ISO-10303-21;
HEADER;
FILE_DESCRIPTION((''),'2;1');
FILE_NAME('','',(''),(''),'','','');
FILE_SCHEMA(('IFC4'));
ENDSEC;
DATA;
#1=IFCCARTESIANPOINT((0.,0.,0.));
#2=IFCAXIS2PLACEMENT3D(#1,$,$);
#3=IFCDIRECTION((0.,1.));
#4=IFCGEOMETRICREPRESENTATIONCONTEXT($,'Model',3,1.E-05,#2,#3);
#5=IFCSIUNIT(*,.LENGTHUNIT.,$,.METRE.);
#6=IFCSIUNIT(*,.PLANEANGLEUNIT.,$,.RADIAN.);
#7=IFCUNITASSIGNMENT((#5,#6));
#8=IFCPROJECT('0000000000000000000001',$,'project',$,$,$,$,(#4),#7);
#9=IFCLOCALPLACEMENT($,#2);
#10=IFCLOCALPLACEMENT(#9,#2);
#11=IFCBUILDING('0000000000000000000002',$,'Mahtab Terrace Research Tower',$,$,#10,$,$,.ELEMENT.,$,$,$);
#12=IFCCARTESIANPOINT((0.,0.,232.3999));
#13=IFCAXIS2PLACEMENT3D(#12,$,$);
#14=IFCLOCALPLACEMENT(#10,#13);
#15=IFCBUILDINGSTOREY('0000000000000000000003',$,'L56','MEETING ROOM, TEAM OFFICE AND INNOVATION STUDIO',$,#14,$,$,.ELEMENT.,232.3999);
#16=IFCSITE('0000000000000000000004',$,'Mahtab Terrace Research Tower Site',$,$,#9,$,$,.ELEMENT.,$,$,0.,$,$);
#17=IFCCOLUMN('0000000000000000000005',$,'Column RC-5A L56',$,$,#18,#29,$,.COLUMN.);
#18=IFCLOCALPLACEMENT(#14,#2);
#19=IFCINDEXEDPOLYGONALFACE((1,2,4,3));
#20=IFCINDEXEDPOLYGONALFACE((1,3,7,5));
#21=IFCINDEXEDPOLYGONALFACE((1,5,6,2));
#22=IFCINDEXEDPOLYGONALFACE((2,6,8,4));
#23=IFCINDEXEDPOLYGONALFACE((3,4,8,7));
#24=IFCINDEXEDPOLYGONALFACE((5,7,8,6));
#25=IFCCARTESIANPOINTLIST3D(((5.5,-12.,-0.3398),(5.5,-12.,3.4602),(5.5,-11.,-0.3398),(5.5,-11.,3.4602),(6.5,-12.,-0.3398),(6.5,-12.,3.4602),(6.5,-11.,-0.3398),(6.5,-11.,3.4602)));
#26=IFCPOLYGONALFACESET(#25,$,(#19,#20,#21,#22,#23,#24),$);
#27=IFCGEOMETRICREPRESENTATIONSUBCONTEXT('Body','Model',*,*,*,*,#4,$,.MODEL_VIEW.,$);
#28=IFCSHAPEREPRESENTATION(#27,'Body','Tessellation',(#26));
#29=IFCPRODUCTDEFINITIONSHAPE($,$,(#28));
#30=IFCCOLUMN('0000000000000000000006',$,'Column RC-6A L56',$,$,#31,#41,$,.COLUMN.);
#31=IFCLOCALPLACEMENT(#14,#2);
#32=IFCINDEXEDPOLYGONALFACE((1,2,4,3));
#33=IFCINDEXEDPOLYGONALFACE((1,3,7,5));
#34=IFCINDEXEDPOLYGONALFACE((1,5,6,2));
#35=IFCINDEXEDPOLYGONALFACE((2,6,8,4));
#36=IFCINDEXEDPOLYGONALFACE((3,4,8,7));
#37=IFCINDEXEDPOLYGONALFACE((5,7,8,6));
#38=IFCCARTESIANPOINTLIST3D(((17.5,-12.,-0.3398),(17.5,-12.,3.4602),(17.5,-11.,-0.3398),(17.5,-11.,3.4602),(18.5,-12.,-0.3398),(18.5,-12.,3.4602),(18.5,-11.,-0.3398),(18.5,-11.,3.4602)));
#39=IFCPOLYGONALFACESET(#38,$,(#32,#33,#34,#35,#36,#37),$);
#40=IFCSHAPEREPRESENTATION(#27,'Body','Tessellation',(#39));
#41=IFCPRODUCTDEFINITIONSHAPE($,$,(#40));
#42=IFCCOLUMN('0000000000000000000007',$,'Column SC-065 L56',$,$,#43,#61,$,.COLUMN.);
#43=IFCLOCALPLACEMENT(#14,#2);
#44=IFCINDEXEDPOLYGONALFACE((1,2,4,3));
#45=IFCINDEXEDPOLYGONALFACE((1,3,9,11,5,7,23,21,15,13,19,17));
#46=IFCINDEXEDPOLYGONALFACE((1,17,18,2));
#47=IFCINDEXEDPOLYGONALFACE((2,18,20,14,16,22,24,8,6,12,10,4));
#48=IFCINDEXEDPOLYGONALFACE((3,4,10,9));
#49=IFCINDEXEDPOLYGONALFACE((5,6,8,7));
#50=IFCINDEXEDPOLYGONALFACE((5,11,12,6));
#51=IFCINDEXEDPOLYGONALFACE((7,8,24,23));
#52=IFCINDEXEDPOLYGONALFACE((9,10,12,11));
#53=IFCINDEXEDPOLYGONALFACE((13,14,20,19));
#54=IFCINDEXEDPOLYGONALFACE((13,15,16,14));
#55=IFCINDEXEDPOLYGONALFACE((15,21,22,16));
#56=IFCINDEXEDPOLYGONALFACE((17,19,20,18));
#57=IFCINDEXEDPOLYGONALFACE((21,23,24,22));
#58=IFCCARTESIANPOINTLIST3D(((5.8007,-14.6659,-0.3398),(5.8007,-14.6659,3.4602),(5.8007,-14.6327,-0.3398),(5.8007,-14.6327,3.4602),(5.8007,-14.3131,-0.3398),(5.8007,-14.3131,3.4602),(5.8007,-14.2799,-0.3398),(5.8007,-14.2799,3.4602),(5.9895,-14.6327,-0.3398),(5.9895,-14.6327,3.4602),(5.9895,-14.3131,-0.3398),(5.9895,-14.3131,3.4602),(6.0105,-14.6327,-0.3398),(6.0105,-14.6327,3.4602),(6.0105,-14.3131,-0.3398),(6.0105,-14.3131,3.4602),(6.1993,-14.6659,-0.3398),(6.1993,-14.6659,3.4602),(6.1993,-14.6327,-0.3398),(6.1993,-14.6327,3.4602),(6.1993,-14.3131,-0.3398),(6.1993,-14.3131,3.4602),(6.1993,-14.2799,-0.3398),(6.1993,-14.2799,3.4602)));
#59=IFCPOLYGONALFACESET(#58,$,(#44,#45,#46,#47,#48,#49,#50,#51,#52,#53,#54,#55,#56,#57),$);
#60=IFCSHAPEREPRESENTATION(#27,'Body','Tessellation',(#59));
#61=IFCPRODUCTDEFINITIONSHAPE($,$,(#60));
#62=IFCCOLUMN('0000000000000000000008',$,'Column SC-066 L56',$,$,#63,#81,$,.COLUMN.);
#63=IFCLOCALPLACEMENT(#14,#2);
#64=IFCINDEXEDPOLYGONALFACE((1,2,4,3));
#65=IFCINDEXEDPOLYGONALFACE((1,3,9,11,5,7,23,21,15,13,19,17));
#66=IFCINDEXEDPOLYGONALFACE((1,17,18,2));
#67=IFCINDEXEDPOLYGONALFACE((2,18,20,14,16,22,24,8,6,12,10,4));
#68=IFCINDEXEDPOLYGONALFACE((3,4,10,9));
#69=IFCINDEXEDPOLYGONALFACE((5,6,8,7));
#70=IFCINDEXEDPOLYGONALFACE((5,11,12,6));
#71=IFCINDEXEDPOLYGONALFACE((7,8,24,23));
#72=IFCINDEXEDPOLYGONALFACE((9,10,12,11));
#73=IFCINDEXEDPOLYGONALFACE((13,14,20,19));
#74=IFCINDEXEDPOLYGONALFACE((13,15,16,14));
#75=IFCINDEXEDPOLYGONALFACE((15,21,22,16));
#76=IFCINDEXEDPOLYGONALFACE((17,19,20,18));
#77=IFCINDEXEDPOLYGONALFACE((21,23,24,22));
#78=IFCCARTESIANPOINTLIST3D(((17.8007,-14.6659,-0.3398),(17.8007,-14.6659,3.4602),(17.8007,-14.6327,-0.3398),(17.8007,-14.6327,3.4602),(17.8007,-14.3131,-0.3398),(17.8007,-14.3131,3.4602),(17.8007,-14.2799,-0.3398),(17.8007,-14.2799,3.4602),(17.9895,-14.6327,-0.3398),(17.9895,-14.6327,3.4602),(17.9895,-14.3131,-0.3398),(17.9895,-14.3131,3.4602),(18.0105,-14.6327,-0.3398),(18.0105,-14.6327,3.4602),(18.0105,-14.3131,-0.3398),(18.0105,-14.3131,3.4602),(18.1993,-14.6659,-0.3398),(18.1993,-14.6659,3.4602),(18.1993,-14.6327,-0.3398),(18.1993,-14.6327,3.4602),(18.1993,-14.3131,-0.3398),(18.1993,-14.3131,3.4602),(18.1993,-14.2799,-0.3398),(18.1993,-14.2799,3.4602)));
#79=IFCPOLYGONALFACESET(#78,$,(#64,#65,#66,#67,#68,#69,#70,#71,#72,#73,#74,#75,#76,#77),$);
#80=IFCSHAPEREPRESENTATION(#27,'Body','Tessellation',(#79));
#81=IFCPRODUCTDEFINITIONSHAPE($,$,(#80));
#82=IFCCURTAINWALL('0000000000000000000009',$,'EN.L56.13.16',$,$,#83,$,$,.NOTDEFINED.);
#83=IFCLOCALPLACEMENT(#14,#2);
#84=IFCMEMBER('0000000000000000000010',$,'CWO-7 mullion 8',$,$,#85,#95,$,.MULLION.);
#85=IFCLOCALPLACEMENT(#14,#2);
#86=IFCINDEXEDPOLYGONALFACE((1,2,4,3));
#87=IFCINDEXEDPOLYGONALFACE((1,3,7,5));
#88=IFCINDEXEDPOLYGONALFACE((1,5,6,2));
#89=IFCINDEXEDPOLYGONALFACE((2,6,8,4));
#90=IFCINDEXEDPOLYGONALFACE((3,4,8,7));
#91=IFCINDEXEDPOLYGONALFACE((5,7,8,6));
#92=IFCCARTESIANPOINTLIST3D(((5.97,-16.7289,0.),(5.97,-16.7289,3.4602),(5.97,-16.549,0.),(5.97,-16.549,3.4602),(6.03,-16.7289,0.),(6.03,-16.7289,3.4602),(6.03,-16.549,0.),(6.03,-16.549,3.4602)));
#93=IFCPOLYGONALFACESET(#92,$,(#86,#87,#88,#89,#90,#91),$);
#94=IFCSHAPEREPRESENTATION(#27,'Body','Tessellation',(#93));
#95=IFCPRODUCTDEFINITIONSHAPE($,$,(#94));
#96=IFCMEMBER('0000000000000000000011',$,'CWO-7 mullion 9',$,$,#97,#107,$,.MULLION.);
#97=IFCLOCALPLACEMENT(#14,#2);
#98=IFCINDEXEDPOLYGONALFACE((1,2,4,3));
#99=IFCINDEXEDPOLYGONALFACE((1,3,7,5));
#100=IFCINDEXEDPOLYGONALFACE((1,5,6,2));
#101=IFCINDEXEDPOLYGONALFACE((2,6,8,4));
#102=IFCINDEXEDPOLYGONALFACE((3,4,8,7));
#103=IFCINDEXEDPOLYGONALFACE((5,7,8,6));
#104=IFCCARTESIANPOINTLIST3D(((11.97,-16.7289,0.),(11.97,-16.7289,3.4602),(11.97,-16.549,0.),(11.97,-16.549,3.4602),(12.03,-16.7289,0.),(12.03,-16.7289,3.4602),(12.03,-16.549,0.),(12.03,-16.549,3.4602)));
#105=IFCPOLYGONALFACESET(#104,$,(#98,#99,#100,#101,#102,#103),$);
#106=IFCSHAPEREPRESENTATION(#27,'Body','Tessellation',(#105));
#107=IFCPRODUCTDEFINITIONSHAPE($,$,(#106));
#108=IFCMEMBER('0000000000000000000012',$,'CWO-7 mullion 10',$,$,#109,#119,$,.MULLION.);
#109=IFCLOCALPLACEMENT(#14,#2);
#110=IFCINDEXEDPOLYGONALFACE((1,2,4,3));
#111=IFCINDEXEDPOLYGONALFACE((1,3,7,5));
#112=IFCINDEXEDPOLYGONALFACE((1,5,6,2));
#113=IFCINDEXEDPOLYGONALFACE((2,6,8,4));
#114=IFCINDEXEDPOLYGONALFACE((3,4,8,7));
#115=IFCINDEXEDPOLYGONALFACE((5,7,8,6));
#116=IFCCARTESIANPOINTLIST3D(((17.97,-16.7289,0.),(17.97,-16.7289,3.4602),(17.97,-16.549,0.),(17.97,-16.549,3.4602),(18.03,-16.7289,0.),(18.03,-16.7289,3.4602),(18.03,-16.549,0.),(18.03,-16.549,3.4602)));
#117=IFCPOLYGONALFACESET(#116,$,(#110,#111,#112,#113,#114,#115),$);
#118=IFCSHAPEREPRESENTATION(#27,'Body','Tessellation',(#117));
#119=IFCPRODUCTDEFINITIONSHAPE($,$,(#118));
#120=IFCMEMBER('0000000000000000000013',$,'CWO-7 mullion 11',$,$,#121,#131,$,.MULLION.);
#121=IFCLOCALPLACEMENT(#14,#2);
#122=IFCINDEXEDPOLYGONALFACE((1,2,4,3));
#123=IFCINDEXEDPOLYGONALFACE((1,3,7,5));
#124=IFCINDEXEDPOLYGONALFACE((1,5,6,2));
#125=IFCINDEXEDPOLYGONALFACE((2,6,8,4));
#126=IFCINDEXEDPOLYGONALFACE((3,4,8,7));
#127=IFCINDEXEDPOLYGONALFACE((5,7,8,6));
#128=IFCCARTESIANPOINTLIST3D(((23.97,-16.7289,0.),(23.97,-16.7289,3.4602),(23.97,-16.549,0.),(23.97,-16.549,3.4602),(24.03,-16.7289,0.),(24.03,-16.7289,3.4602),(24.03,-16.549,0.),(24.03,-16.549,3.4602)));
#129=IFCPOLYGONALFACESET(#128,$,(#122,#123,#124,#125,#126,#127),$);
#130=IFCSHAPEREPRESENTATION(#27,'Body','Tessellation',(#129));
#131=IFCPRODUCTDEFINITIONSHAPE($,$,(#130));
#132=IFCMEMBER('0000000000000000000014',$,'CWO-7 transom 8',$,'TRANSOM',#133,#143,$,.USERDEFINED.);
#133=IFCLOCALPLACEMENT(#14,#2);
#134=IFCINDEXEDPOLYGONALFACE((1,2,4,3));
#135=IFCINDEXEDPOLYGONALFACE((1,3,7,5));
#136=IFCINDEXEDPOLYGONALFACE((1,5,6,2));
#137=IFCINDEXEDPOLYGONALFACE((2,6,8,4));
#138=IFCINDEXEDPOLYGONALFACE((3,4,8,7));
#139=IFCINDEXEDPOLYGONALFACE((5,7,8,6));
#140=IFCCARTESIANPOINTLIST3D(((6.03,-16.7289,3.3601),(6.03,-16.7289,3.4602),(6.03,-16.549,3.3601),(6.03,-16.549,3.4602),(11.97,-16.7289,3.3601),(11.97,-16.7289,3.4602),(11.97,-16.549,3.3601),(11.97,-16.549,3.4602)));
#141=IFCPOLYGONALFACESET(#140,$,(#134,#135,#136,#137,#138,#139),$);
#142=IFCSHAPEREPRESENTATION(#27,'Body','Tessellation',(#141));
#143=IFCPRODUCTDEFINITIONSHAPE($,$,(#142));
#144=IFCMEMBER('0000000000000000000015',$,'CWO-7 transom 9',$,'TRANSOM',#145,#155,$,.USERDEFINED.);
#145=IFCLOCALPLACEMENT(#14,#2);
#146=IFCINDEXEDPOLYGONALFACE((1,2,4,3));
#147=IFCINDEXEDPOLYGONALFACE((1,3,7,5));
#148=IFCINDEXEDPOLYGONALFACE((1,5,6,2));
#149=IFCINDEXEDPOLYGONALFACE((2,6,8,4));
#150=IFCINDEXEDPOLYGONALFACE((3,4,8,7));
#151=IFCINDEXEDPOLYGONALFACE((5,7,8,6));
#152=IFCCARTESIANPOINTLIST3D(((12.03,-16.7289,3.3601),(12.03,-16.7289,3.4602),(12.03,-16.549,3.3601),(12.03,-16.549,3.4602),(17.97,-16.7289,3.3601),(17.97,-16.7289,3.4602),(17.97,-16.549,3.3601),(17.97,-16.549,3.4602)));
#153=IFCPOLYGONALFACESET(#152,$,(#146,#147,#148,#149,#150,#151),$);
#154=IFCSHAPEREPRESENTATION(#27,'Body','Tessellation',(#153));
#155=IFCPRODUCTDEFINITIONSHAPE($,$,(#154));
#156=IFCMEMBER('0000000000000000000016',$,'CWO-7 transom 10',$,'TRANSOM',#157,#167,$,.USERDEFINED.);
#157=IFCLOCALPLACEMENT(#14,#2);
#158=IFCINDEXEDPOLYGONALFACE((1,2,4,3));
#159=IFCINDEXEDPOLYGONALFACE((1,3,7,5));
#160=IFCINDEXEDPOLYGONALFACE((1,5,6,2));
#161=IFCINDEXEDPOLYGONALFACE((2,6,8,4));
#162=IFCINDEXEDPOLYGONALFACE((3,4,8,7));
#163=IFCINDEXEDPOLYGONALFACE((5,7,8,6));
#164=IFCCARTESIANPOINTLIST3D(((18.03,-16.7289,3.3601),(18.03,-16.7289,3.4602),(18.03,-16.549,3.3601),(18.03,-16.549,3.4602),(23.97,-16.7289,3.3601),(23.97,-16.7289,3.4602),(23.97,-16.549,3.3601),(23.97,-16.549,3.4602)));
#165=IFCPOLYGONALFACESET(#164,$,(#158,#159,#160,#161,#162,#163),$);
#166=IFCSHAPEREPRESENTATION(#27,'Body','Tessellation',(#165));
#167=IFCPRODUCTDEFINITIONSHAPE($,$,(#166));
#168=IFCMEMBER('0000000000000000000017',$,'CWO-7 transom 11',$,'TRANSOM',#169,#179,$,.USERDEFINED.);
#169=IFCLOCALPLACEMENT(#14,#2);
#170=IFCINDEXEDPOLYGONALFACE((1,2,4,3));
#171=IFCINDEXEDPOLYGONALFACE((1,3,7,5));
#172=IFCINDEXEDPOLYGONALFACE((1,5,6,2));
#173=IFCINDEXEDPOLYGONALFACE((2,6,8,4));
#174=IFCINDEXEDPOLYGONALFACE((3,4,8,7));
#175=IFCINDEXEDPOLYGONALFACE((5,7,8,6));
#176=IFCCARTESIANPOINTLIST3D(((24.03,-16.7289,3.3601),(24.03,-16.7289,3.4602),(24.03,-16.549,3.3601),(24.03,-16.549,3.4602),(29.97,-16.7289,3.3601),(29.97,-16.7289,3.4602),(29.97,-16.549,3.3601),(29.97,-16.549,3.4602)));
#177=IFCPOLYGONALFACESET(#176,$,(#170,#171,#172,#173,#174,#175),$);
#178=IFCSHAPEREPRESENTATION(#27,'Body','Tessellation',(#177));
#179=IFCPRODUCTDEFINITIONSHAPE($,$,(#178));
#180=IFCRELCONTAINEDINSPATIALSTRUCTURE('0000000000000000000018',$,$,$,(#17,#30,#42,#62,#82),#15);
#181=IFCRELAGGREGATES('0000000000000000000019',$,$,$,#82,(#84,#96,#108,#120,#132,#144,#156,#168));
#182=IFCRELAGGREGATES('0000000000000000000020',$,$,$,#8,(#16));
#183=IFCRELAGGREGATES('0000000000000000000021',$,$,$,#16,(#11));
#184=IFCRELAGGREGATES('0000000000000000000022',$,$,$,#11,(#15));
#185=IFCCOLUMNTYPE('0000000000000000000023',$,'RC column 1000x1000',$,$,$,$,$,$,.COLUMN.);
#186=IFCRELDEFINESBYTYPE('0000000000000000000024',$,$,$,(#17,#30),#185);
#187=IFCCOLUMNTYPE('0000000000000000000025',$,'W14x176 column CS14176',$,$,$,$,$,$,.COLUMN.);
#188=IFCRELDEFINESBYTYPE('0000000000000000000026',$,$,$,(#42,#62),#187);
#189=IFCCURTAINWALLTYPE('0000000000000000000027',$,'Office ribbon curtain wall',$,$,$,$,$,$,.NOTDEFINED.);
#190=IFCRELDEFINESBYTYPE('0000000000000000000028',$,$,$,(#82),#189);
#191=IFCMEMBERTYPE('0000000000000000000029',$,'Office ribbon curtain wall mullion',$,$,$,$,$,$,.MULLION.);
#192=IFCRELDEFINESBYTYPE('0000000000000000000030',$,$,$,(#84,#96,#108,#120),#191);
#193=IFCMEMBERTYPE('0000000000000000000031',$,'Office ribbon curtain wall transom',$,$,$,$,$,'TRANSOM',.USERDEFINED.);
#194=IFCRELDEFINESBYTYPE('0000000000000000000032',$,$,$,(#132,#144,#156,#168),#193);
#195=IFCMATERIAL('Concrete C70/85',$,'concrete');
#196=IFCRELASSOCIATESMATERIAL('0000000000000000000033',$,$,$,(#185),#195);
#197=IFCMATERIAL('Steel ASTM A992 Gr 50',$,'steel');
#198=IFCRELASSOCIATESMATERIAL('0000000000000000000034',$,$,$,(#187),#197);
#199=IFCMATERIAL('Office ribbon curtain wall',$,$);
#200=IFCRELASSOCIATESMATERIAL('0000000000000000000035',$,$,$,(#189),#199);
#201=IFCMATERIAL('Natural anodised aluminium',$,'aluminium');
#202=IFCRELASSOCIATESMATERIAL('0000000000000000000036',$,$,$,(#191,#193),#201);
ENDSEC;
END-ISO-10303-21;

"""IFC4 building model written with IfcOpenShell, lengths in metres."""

from ifc_helpers import new_model, si_unit, direction, frame, origin, origin_2d, place, context, subcontext, project, spatial, rectangle, i_section, extrude, material, material_profile, profile_set, type_object, element, aggregate, save


model = new_model("IFC4")

# Units and contexts
model_context = context("Model", 3, precision=1e-05, world=origin(), true_north=direction((0.0, 1.0)))
body_context = subcontext(model_context, "Body", "Model", "MODEL_VIEW")
ifc_project = project(units=[si_unit("LENGTHUNIT", "METRE"), si_unit("PLANEANGLEUNIT", "RADIAN")], contexts=[model_context])

# Site, building, storey
site_placement = place(None, origin())
site = spatial("IfcSite", under=ifc_project, at=site_placement, Name="Mahtab Terrace Research Tower Site", CompositionType="ELEMENT", RefElevation=0.0)
building_placement = place(site_placement, origin())
building = spatial("IfcBuilding", under=site, at=building_placement, Name="Mahtab Terrace Research Tower", CompositionType="ELEMENT")
storey_placement = place(building_placement, frame((0.0, 0.0, 232.3999)))
storey = spatial("IfcBuildingStorey", under=building, at=storey_placement, Name="L56", Description="MEETING ROOM, TEAM OFFICE AND INNOVATION STUDIO", CompositionType="ELEMENT", Elevation=232.3999)

# Columns
ifc_material_1 = material(Name="Concrete C70/85", Category="concrete")
ifc_material_profile_1 = material_profile(ifc_material_1, rectangle(XDim=1.0, YDim=1.0, at=origin_2d()), Name="RC column 1000x1000")
ifc_profile_set_1 = profile_set([ifc_material_profile_1], Name="Concrete C70/85")
column_type_1 = type_object("IfcColumnType", Name="RC column 1000x1000", PredefinedType="COLUMN", material=ifc_profile_set_1)
for number, where, z_axis, x_axis, name in (
    (1, (6.0, -11.5, -0.3398), (0.0, 0.0, 1.0), (1.0, 0.0, 0.0), "Column RC-5A L56"),
    (2, (18.0, -11.5, -0.3398), (0.0, 0.0, 1.0), (1.0, 0.0, 0.0), "Column RC-6A L56"),
):
    element("IfcColumn", number, at=place(storey_placement, frame(where, z_axis=z_axis, x_axis=x_axis)), inside=storey, type_object=column_type_1, Name=name, PredefinedType="COLUMN", context=body_context, shape_type="SweptSolid", body=[
        extrude(rectangle(XDim=1.0, YDim=1.0, at=origin_2d()), origin(), (0.0, 0.0, 1.0), 3.8),
    ])
ifc_material_2 = material(Name="Steel ASTM A992 Gr 50", Category="steel")
ifc_material_profile_2 = material_profile(ifc_material_2, i_section(OverallWidth=0.3987, OverallDepth=0.386, WebThickness=0.021, FlangeThickness=0.0332, at=origin_2d()), Name="W14X176")
ifc_profile_set_2 = profile_set([ifc_material_profile_2], Name="Steel ASTM A992 Gr 50")
column_type_2 = type_object("IfcColumnType", Name="W14x176 column CS14176", PredefinedType="COLUMN", material=ifc_profile_set_2)
for number, where, z_axis, x_axis, name in (
    (3, (6.0, -14.4729, -0.3398), (0.0, 0.0, 1.0), (1.0, 0.0, 0.0), "Column SC-065 L56"),
    (4, (18.0, -14.4729, -0.3398), (0.0, 0.0, 1.0), (1.0, 0.0, 0.0), "Column SC-066 L56"),
):
    element("IfcColumn", number, at=place(storey_placement, frame(where, z_axis=z_axis, x_axis=x_axis)), inside=storey, type_object=column_type_2, Name=name, PredefinedType="COLUMN", context=body_context, shape_type="SweptSolid", body=[
        extrude(i_section(OverallWidth=0.3987, OverallDepth=0.386, WebThickness=0.021, FlangeThickness=0.0332, at=origin_2d()), origin(), (0.0, 0.0, 1.0), 3.8),
    ])

# Curtain wall, members
ifc_material_3 = material(Name="Office ribbon curtain wall")
curtain_wall_type = type_object("IfcCurtainWallType", Name="Office ribbon curtain wall", PredefinedType="NOTDEFINED", material=ifc_material_3)
curtain_wall_placement = place(storey_placement, origin())
curtain_wall = element("IfcCurtainWall", 5, at=curtain_wall_placement, inside=storey, type_object=curtain_wall_type, Name="EN.L56.13.16", PredefinedType="NOTDEFINED")
ifc_material_4 = material(Name="Natural anodised aluminium", Category="aluminium")
ifc_material_profile_3 = material_profile(ifc_material_4, rectangle(XDim=0.1799, YDim=0.0601, at=origin_2d()), Name="MULLION 60x180")
ifc_profile_set_3 = profile_set([ifc_material_profile_3], Name="Natural anodised aluminium")
member_type_1 = type_object("IfcMemberType", Name="Office ribbon curtain wall mullion", PredefinedType="MULLION", material=ifc_profile_set_3)
member_1_placement = place(storey_placement, frame((6.0, -16.6389, 0.0), z_axis=(0.0, 0.0, 1.0), x_axis=(0.0, 1.0, 0.0)))
member_1 = element("IfcMember", 6, at=member_1_placement, type_object=member_type_1, Name="CWO-7 mullion 8", PredefinedType="MULLION", context=body_context, shape_type="SweptSolid", body=[
    extrude(rectangle(XDim=0.1799, YDim=0.0601, at=origin_2d()), origin(), (0.0, 0.0, 1.0), 3.4602),
])
member_2_placement = place(storey_placement, frame((12.0, -16.6389, 0.0), z_axis=(0.0, 0.0, 1.0), x_axis=(0.0, 1.0, 0.0)))
member_2 = element("IfcMember", 7, at=member_2_placement, type_object=member_type_1, Name="CWO-7 mullion 9", PredefinedType="MULLION", context=body_context, shape_type="SweptSolid", body=[
    extrude(rectangle(XDim=0.1799, YDim=0.0601, at=origin_2d()), origin(), (0.0, 0.0, 1.0), 3.4602),
])
member_3_placement = place(storey_placement, frame((18.0, -16.6389, 0.0), z_axis=(0.0, 0.0, 1.0), x_axis=(0.0, 1.0, 0.0)))
member_3 = element("IfcMember", 8, at=member_3_placement, type_object=member_type_1, Name="CWO-7 mullion 10", PredefinedType="MULLION", context=body_context, shape_type="SweptSolid", body=[
    extrude(rectangle(XDim=0.1799, YDim=0.0601, at=origin_2d()), origin(), (0.0, 0.0, 1.0), 3.4602),
])
member_4_placement = place(storey_placement, frame((24.0, -16.6389, 0.0), z_axis=(0.0, 0.0, 1.0), x_axis=(0.0, 1.0, 0.0)))
member_4 = element("IfcMember", 9, at=member_4_placement, type_object=member_type_1, Name="CWO-7 mullion 11", PredefinedType="MULLION", context=body_context, shape_type="SweptSolid", body=[
    extrude(rectangle(XDim=0.1799, YDim=0.0601, at=origin_2d()), origin(), (0.0, 0.0, 1.0), 3.4602),
])
ifc_material_profile_4 = material_profile(ifc_material_4, rectangle(XDim=0.1799, YDim=0.1001, at=origin_2d()), Name="TRANSOM 100x180")
ifc_profile_set_4 = profile_set([ifc_material_profile_4], Name="Natural anodised aluminium")
member_type_2 = type_object("IfcMemberType", Name="Office ribbon curtain wall transom", ElementType="TRANSOM", PredefinedType="USERDEFINED", material=ifc_profile_set_4)
member_5_placement = place(storey_placement, frame((6.03, -16.6389, 3.4102), z_axis=(1.0, 0.0, 0.0), x_axis=(0.0, 1.0, 0.0)))
member_5 = element("IfcMember", 10, at=member_5_placement, type_object=member_type_2, Name="CWO-7 transom 8", ObjectType="TRANSOM", PredefinedType="USERDEFINED", context=body_context, shape_type="SweptSolid", body=[
    extrude(rectangle(XDim=0.1799, YDim=0.1001, at=origin_2d()), origin(), (0.0, 0.0, 1.0), 5.9399),
])
member_6_placement = place(storey_placement, frame((12.03, -16.6389, 3.4102), z_axis=(1.0, 0.0, 0.0), x_axis=(0.0, 1.0, 0.0)))
member_6 = element("IfcMember", 11, at=member_6_placement, type_object=member_type_2, Name="CWO-7 transom 9", ObjectType="TRANSOM", PredefinedType="USERDEFINED", context=body_context, shape_type="SweptSolid", body=[
    extrude(rectangle(XDim=0.1799, YDim=0.1001, at=origin_2d()), origin(), (0.0, 0.0, 1.0), 5.9399),
])
member_7_placement = place(storey_placement, frame((18.03, -16.6389, 3.4102), z_axis=(1.0, 0.0, 0.0), x_axis=(0.0, 1.0, 0.0)))
member_7 = element("IfcMember", 12, at=member_7_placement, type_object=member_type_2, Name="CWO-7 transom 10", ObjectType="TRANSOM", PredefinedType="USERDEFINED", context=body_context, shape_type="SweptSolid", body=[
    extrude(rectangle(XDim=0.1799, YDim=0.1001, at=origin_2d()), origin(), (0.0, 0.0, 1.0), 5.9399),
])
member_8_placement = place(storey_placement, frame((24.03, -16.6389, 3.4102), z_axis=(1.0, 0.0, 0.0), x_axis=(0.0, 1.0, 0.0)))
member_8 = element("IfcMember", 13, at=member_8_placement, type_object=member_type_2, Name="CWO-7 transom 11", ObjectType="TRANSOM", PredefinedType="USERDEFINED", context=body_context, shape_type="SweptSolid", body=[
    extrude(rectangle(XDim=0.1799, YDim=0.1001, at=origin_2d()), origin(), (0.0, 0.0, 1.0), 5.9399),
])

aggregate(curtain_wall, [member_1, member_2, member_3, member_4, member_5, member_6, member_7, member_8])

save(model, "model.ifc")
